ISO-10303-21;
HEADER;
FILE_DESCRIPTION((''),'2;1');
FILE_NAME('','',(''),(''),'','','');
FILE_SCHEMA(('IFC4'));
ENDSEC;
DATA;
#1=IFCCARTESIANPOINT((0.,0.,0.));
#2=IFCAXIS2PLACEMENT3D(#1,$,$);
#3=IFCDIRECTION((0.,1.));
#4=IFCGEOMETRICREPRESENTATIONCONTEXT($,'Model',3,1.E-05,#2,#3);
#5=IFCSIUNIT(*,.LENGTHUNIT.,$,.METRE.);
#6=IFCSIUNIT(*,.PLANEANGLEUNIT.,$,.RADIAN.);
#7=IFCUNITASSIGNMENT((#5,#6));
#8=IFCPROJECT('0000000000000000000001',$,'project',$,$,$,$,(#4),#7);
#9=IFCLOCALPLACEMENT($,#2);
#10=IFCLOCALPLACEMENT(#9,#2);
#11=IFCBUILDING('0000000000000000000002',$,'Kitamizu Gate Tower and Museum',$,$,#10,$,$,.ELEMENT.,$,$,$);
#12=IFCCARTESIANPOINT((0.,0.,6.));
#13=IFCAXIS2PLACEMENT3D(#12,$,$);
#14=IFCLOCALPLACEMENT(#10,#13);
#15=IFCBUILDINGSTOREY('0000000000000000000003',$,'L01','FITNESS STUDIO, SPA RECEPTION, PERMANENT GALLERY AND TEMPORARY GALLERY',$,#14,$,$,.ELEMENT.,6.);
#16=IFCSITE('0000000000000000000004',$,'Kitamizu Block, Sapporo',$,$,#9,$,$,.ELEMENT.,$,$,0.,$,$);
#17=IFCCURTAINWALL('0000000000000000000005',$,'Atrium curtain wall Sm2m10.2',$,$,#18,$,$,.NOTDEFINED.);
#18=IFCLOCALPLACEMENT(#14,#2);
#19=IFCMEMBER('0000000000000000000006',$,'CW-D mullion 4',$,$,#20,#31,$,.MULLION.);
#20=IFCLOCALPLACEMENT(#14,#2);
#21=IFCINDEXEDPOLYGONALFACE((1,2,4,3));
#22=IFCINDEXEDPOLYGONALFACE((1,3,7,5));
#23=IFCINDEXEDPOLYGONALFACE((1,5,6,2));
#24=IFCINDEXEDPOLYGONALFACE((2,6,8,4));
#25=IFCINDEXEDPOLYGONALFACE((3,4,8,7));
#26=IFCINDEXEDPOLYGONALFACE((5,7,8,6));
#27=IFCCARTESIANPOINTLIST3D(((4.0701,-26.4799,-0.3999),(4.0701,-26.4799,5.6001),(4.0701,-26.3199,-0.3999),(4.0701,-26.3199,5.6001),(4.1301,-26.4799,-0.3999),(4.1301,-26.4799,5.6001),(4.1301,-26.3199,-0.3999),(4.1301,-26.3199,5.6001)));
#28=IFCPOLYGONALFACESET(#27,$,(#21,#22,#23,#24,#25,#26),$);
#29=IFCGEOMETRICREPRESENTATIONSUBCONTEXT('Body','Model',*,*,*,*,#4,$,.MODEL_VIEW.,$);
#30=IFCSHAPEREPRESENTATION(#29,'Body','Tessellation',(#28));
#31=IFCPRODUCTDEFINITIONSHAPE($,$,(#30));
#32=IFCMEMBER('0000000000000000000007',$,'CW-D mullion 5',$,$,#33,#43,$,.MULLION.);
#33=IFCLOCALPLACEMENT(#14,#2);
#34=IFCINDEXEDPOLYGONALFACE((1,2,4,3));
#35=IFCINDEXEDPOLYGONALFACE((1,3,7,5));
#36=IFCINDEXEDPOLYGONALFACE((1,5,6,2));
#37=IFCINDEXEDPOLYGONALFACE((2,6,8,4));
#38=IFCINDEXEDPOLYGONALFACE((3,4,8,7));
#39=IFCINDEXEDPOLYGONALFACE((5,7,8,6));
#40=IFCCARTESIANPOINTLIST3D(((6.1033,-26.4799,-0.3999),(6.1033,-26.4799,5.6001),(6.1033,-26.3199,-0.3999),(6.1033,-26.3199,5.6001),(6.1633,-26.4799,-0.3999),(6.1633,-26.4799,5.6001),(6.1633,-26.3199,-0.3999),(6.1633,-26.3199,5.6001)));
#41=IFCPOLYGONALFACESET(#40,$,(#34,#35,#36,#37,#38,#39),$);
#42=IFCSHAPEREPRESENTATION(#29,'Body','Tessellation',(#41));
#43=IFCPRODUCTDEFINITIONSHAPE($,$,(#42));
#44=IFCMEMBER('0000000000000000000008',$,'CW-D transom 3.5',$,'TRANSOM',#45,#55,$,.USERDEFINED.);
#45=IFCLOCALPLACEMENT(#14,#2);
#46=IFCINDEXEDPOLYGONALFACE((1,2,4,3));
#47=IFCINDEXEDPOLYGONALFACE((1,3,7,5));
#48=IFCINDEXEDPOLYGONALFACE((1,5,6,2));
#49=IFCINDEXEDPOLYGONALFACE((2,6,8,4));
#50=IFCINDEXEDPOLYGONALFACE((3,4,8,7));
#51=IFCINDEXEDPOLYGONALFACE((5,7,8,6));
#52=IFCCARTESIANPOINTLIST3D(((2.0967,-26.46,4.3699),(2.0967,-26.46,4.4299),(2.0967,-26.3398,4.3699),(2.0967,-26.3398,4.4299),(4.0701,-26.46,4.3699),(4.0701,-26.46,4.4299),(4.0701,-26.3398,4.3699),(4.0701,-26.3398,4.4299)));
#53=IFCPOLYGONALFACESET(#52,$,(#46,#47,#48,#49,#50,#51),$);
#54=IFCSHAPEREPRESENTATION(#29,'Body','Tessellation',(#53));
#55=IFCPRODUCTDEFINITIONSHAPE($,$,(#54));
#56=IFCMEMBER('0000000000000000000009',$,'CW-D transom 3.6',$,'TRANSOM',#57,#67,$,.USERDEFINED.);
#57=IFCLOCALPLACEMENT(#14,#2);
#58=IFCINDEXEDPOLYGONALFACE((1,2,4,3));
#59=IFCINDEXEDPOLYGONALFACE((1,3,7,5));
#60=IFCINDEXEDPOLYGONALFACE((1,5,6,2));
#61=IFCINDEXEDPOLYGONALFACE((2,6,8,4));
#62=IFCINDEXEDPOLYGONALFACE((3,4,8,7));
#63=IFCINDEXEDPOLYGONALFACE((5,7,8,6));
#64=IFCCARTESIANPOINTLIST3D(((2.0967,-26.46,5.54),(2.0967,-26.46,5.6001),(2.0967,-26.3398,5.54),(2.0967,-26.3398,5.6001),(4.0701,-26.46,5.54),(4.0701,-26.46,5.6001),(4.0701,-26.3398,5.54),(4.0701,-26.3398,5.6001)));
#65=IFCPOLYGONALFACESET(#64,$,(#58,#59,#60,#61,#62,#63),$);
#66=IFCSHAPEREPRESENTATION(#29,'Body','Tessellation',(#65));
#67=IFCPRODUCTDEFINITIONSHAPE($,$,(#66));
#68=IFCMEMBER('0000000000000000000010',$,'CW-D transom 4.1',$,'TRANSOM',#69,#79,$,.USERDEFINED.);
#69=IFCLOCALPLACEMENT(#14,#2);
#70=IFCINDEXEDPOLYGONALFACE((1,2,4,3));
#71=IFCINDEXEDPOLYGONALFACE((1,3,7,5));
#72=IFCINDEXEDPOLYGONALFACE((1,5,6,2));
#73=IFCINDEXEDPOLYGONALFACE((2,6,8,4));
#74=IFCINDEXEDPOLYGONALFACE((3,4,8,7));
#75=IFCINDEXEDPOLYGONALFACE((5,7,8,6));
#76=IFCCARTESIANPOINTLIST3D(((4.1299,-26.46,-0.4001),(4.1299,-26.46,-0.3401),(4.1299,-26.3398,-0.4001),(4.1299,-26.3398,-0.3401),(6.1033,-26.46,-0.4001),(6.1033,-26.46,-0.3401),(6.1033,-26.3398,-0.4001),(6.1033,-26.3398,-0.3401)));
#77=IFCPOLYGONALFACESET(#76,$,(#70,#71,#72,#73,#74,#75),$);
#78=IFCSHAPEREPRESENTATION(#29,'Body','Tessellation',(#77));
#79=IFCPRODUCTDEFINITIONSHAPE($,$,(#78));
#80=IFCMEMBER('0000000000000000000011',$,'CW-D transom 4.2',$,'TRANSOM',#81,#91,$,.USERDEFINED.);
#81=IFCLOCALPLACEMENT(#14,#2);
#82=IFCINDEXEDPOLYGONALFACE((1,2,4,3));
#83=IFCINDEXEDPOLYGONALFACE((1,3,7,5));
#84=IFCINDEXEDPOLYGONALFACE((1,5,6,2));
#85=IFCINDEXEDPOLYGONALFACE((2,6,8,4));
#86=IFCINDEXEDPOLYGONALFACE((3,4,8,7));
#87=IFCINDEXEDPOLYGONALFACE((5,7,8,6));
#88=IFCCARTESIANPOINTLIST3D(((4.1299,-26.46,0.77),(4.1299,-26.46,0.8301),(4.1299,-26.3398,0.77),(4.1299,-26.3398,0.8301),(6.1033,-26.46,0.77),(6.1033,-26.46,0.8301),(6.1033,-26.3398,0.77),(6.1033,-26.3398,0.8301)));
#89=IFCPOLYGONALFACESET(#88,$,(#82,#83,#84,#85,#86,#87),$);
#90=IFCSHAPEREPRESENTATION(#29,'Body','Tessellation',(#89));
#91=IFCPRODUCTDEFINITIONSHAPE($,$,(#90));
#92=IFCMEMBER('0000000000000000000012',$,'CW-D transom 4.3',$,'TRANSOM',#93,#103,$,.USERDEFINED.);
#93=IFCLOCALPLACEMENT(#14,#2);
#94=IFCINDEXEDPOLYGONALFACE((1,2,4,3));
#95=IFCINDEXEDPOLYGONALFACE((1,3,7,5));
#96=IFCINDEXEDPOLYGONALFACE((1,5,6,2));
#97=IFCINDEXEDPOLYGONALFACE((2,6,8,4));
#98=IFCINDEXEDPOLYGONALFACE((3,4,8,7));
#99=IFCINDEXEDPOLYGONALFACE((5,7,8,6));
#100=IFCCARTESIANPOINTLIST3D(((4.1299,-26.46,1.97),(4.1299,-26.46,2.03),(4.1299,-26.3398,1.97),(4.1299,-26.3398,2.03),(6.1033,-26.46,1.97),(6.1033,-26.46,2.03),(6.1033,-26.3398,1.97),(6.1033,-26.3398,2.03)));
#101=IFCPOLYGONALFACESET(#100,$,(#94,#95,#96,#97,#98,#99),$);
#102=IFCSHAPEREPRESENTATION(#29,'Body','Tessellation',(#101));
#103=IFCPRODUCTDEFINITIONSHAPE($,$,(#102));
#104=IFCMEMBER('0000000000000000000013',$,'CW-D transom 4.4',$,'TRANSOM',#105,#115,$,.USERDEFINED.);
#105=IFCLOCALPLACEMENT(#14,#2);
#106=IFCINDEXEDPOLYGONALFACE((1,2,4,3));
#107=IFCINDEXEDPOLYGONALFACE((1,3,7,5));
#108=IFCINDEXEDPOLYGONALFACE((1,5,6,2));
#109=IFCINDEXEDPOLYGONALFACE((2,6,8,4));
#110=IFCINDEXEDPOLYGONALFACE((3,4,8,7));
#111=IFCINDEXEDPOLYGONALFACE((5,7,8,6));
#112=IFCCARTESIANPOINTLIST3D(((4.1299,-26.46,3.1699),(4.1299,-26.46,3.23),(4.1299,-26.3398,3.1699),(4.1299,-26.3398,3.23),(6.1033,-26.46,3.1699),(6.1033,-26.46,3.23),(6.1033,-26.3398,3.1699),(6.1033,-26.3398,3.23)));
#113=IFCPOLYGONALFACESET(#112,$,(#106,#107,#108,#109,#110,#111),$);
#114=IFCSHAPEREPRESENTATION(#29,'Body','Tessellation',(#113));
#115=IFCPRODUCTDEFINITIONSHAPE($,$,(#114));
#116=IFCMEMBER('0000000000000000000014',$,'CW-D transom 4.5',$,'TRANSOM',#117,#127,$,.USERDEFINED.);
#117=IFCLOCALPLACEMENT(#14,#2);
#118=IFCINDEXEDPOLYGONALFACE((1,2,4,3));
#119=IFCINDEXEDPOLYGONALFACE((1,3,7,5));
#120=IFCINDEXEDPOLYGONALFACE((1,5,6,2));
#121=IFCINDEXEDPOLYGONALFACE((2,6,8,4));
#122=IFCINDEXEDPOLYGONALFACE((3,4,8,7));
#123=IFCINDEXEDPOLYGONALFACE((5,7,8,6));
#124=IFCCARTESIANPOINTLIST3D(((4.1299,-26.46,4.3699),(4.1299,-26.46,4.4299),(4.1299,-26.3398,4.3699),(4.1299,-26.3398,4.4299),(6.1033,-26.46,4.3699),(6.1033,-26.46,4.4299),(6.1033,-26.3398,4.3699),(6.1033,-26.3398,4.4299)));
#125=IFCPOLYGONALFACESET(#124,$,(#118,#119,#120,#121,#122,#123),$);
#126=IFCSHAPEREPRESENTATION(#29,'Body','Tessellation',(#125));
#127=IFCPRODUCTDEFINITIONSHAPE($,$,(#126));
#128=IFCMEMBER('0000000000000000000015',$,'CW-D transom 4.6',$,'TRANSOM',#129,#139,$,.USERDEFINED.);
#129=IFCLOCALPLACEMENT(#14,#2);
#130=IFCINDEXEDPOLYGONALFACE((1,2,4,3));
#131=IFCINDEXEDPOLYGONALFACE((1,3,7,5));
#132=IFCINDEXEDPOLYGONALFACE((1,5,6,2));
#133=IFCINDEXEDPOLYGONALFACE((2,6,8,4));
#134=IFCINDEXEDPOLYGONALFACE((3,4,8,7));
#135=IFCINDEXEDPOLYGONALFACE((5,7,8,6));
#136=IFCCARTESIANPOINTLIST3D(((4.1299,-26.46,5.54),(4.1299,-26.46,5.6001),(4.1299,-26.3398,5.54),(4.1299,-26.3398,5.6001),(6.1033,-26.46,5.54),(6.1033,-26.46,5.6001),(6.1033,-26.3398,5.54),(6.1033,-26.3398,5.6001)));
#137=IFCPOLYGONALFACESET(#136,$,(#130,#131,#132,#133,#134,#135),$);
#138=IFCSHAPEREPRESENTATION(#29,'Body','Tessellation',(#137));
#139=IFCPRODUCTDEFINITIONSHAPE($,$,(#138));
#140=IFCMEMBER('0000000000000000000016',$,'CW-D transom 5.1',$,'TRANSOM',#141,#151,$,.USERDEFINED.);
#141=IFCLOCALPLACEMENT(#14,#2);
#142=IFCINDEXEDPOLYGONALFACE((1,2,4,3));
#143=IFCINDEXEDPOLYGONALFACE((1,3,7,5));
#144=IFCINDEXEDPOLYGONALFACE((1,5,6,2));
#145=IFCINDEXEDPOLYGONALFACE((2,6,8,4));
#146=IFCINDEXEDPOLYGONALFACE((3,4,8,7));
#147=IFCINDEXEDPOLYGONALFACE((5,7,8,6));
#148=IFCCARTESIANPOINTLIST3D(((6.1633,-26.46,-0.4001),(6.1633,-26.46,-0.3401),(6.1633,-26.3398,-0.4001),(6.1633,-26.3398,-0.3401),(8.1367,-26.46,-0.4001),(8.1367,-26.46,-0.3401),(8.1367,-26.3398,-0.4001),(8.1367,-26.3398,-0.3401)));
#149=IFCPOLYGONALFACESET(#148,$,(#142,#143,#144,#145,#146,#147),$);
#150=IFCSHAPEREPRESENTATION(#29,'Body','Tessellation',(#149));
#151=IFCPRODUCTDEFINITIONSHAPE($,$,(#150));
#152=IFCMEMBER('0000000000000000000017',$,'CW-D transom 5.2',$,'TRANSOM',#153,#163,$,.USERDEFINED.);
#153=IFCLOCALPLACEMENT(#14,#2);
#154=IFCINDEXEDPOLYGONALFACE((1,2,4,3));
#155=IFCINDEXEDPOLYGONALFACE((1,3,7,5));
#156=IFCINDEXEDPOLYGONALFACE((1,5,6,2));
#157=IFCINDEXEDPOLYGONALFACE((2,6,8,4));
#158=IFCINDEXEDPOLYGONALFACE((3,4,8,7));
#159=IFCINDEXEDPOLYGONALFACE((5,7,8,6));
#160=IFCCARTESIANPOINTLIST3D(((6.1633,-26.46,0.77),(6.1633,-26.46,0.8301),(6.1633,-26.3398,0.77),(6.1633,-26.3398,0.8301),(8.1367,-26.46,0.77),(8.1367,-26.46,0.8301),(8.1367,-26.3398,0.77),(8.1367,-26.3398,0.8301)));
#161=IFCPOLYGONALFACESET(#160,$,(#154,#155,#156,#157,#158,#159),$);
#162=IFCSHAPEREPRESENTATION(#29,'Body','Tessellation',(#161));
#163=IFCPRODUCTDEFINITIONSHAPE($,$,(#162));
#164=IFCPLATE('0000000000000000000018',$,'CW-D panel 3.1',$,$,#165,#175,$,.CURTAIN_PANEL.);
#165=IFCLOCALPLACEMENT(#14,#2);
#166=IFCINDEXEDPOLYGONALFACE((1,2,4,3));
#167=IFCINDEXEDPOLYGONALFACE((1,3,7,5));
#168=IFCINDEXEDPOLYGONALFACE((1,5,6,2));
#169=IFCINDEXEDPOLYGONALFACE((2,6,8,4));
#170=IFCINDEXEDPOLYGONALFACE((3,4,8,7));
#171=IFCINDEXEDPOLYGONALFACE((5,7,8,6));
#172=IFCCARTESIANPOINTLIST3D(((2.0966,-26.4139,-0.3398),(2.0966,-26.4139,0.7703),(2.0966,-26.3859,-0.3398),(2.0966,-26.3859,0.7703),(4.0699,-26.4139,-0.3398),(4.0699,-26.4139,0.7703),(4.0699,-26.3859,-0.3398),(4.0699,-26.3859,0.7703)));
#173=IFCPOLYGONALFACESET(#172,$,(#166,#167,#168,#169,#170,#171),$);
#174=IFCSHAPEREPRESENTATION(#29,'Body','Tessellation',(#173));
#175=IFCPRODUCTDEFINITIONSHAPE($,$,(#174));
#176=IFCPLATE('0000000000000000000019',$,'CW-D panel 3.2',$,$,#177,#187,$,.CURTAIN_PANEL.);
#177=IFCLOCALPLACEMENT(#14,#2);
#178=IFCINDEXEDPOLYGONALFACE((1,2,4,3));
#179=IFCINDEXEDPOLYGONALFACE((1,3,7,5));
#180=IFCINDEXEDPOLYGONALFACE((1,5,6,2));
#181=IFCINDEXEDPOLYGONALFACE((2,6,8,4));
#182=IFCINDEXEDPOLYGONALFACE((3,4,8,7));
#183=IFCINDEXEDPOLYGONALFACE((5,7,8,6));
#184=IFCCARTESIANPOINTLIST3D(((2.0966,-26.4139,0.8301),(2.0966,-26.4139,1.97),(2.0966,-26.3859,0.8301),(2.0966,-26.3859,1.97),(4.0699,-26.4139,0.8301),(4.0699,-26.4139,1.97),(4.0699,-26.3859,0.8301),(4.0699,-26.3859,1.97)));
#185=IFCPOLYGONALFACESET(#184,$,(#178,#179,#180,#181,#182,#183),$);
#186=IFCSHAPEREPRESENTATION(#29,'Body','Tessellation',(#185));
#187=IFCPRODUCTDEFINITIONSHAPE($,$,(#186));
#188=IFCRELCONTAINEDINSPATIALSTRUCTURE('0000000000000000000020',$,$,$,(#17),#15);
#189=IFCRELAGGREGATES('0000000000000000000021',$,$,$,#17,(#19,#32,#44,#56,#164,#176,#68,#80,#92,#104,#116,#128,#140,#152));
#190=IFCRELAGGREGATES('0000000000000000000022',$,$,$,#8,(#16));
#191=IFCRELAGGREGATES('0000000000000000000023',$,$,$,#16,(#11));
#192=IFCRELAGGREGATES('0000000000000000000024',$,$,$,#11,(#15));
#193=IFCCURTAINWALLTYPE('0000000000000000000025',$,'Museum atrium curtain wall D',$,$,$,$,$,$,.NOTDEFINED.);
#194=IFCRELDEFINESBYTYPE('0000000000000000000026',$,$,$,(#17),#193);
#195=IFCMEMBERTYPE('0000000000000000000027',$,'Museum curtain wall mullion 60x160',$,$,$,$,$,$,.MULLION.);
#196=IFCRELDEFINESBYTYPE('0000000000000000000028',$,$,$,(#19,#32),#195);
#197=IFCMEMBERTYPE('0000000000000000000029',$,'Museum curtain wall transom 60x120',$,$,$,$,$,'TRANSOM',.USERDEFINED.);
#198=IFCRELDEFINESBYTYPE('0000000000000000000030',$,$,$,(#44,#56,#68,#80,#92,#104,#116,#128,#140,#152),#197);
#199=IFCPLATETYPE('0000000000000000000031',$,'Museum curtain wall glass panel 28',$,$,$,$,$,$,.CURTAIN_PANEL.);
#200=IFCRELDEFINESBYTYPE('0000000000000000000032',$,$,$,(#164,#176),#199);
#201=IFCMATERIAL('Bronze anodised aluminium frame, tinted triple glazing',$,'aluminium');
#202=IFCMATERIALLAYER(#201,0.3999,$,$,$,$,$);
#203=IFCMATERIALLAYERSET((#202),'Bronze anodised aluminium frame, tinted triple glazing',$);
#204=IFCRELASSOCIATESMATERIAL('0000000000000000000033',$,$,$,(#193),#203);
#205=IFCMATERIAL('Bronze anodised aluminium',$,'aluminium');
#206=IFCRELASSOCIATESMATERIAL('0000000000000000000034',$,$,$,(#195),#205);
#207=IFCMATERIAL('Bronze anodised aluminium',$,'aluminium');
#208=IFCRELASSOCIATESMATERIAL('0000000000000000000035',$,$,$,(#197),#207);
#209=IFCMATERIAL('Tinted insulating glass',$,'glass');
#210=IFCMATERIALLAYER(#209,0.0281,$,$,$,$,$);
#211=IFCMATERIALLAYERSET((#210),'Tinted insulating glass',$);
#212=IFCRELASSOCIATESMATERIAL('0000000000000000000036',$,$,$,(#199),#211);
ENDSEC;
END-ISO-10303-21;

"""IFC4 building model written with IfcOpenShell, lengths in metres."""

from ifc_helpers import new_model, si_unit, direction, frame, origin, origin_2d, place, context, subcontext, project, spatial, rectangle, extrude, material, layer, layer_set, material_profile, profile_set, type_object, element, aggregate, save


model = new_model("IFC4")

# Units and contexts
model_context = context("Model", 3, precision=1e-05, world=origin(), true_north=direction((0.0, 1.0)))
body_context = subcontext(model_context, "Body", "Model", "MODEL_VIEW")
ifc_project = project(units=[si_unit("LENGTHUNIT", "METRE"), si_unit("PLANEANGLEUNIT", "RADIAN")], contexts=[model_context])

# Site, building, storey
site_placement = place(None, origin())
site = spatial("IfcSite", under=ifc_project, at=site_placement, Name="Kitamizu Block, Sapporo", CompositionType="ELEMENT", RefElevation=0.0)
building_placement = place(site_placement, origin())
building = spatial("IfcBuilding", under=site, at=building_placement, Name="Kitamizu Gate Tower and Museum", CompositionType="ELEMENT")
storey_placement = place(building_placement, frame((0.0, 0.0, 6.0)))
storey = spatial("IfcBuildingStorey", under=building, at=storey_placement, Name="L01", Description="FITNESS STUDIO, SPA RECEPTION, PERMANENT GALLERY AND TEMPORARY GALLERY", CompositionType="ELEMENT", Elevation=6.0)

# Curtain wall, members, plates
ifc_material_1 = material(Name="Bronze anodised aluminium frame, tinted triple glazing", Category="aluminium")
ifc_layer_1 = layer(ifc_material_1, 0.3999)
ifc_layer_set_1 = layer_set([ifc_layer_1], Name="Bronze anodised aluminium frame, tinted triple glazing")
curtain_wall_type = type_object("IfcCurtainWallType", Name="Museum atrium curtain wall D", PredefinedType="NOTDEFINED", material=ifc_layer_set_1)
curtain_wall_placement = place(storey_placement, origin())
curtain_wall = element("IfcCurtainWall", 1, at=curtain_wall_placement, inside=storey, type_object=curtain_wall_type, Name="Atrium curtain wall Sm2m10.2", PredefinedType="NOTDEFINED")
ifc_material_2 = material(Name="Bronze anodised aluminium", Category="aluminium")
ifc_material_profile_1 = material_profile(ifc_material_2, rectangle(XDim=0.0601, YDim=0.1599, at=origin_2d()), Name="60x160")
ifc_profile_set_1 = profile_set([ifc_material_profile_1], Name="Bronze anodised aluminium")
member_type_1 = type_object("IfcMemberType", Name="Museum curtain wall mullion 60x160", PredefinedType="MULLION", material=ifc_profile_set_1)
member_1_placement = place(storey_placement, frame((4.1001, -26.3999, -0.3999), z_axis=(0.0, 0.0, 1.0), x_axis=(1.0, 0.0, 0.0)))
member_1 = element("IfcMember", 2, at=member_1_placement, type_object=member_type_1, Name="CW-D mullion 4", PredefinedType="MULLION", context=body_context, shape_type="SweptSolid", body=[
    extrude(rectangle(XDim=0.0601, YDim=0.1599, at=origin_2d()), origin(), (0.0, 0.0, 1.0), 6.0),
])
member_2_placement = place(storey_placement, frame((6.1333, -26.3999, -0.3999), z_axis=(0.0, 0.0, 1.0), x_axis=(1.0, 0.0, 0.0)))
member_2 = element("IfcMember", 3, at=member_2_placement, type_object=member_type_1, Name="CW-D mullion 5", PredefinedType="MULLION", context=body_context, shape_type="SweptSolid", body=[
    extrude(rectangle(XDim=0.0601, YDim=0.1599, at=origin_2d()), origin(), (0.0, 0.0, 1.0), 6.0),
])
ifc_material_3 = material(Name="Bronze anodised aluminium", Category="aluminium")
ifc_material_profile_2 = material_profile(ifc_material_3, rectangle(XDim=0.1201, YDim=0.0601, at=origin_2d()), Name="120x60")
ifc_profile_set_2 = profile_set([ifc_material_profile_2], Name="Bronze anodised aluminium")
member_type_2 = type_object("IfcMemberType", Name="Museum curtain wall transom 60x120", ElementType="TRANSOM", PredefinedType="USERDEFINED", material=ifc_profile_set_2)
member_3_placement = place(storey_placement, frame((2.0967, -26.3999, 4.3999), z_axis=(1.0, 0.0, 0.0), x_axis=(0.0, 1.0, 0.0)))
member_3 = element("IfcMember", 4, at=member_3_placement, type_object=member_type_2, Name="CW-D transom 3.5", ObjectType="TRANSOM", PredefinedType="USERDEFINED", context=body_context, shape_type="SweptSolid", body=[
    extrude(rectangle(XDim=0.1201, YDim=0.0601, at=origin_2d()), origin(), (0.0, 0.0, 1.0), 1.9734),
])
member_4_placement = place(storey_placement, frame((2.0967, -26.3999, 5.5701), z_axis=(1.0, 0.0, 0.0), x_axis=(0.0, 1.0, 0.0)))
member_4 = element("IfcMember", 5, at=member_4_placement, type_object=member_type_2, Name="CW-D transom 3.6", ObjectType="TRANSOM", PredefinedType="USERDEFINED", context=body_context, shape_type="SweptSolid", body=[
    extrude(rectangle(XDim=0.1201, YDim=0.0601, at=origin_2d()), origin(), (0.0, 0.0, 1.0), 1.9734),
])
member_5_placement = place(storey_placement, frame((4.1299, -26.3999, -0.3701), z_axis=(1.0, 0.0, 0.0), x_axis=(0.0, 1.0, 0.0)))
member_5 = element("IfcMember", 6, at=member_5_placement, type_object=member_type_2, Name="CW-D transom 4.1", ObjectType="TRANSOM", PredefinedType="USERDEFINED", context=body_context, shape_type="SweptSolid", body=[
    extrude(rectangle(XDim=0.1201, YDim=0.0601, at=origin_2d()), origin(), (0.0, 0.0, 1.0), 1.9734),
])
member_6_placement = place(storey_placement, frame((4.1299, -26.3999, 0.8), z_axis=(1.0, 0.0, 0.0), x_axis=(0.0, 1.0, 0.0)))
member_6 = element("IfcMember", 7, at=member_6_placement, type_object=member_type_2, Name="CW-D transom 4.2", ObjectType="TRANSOM", PredefinedType="USERDEFINED", context=body_context, shape_type="SweptSolid", body=[
    extrude(rectangle(XDim=0.1201, YDim=0.0601, at=origin_2d()), origin(), (0.0, 0.0, 1.0), 1.9734),
])
member_7_placement = place(storey_placement, frame((4.1299, -26.3999, 2.0), z_axis=(1.0, 0.0, 0.0), x_axis=(0.0, 1.0, 0.0)))
member_7 = element("IfcMember", 8, at=member_7_placement, type_object=member_type_2, Name="CW-D transom 4.3", ObjectType="TRANSOM", PredefinedType="USERDEFINED", context=body_context, shape_type="SweptSolid", body=[
    extrude(rectangle(XDim=0.1201, YDim=0.0601, at=origin_2d()), origin(), (0.0, 0.0, 1.0), 1.9734),
])
member_8_placement = place(storey_placement, frame((4.1299, -26.3999, 3.2), z_axis=(1.0, 0.0, 0.0), x_axis=(0.0, 1.0, 0.0)))
member_8 = element("IfcMember", 9, at=member_8_placement, type_object=member_type_2, Name="CW-D transom 4.4", ObjectType="TRANSOM", PredefinedType="USERDEFINED", context=body_context, shape_type="SweptSolid", body=[
    extrude(rectangle(XDim=0.1201, YDim=0.0601, at=origin_2d()), origin(), (0.0, 0.0, 1.0), 1.9734),
])
member_9_placement = place(storey_placement, frame((4.1299, -26.3999, 4.3999), z_axis=(1.0, 0.0, 0.0), x_axis=(0.0, 1.0, 0.0)))
member_9 = element("IfcMember", 10, at=member_9_placement, type_object=member_type_2, Name="CW-D transom 4.5", ObjectType="TRANSOM", PredefinedType="USERDEFINED", context=body_context, shape_type="SweptSolid", body=[
    extrude(rectangle(XDim=0.1201, YDim=0.0601, at=origin_2d()), origin(), (0.0, 0.0, 1.0), 1.9734),
])
member_10_placement = place(storey_placement, frame((4.1299, -26.3999, 5.5701), z_axis=(1.0, 0.0, 0.0), x_axis=(0.0, 1.0, 0.0)))
member_10 = element("IfcMember", 11, at=member_10_placement, type_object=member_type_2, Name="CW-D transom 4.6", ObjectType="TRANSOM", PredefinedType="USERDEFINED", context=body_context, shape_type="SweptSolid", body=[
    extrude(rectangle(XDim=0.1201, YDim=0.0601, at=origin_2d()), origin(), (0.0, 0.0, 1.0), 1.9734),
])
member_11_placement = place(storey_placement, frame((6.1633, -26.3999, -0.3701), z_axis=(1.0, 0.0, 0.0), x_axis=(0.0, 1.0, 0.0)))
member_11 = element("IfcMember", 12, at=member_11_placement, type_object=member_type_2, Name="CW-D transom 5.1", ObjectType="TRANSOM", PredefinedType="USERDEFINED", context=body_context, shape_type="SweptSolid", body=[
    extrude(rectangle(XDim=0.1201, YDim=0.0601, at=origin_2d()), origin(), (0.0, 0.0, 1.0), 1.9734),
])
member_12_placement = place(storey_placement, frame((6.1633, -26.3999, 0.8), z_axis=(1.0, 0.0, 0.0), x_axis=(0.0, 1.0, 0.0)))
member_12 = element("IfcMember", 13, at=member_12_placement, type_object=member_type_2, Name="CW-D transom 5.2", ObjectType="TRANSOM", PredefinedType="USERDEFINED", context=body_context, shape_type="SweptSolid", body=[
    extrude(rectangle(XDim=0.1201, YDim=0.0601, at=origin_2d()), origin(), (0.0, 0.0, 1.0), 1.9734),
])
ifc_material_4 = material(Name="Tinted insulating glass", Category="glass")
ifc_layer_2 = layer(ifc_material_4, 0.0281)
ifc_layer_set_2 = layer_set([ifc_layer_2], Name="Tinted insulating glass")
plate_type = type_object("IfcPlateType", Name="Museum curtain wall glass panel 28", PredefinedType="CURTAIN_PANEL", material=ifc_layer_set_2)
plate_1_placement = place(storey_placement, frame((3.0833, -26.3999, -0.3398), z_axis=(0.0, 0.0, 1.0), x_axis=(1.0, 0.0, 0.0)))
plate_1 = element("IfcPlate", 14, at=plate_1_placement, type_object=plate_type, Name="CW-D panel 3.1", PredefinedType="CURTAIN_PANEL", context=body_context, shape_type="SweptSolid", body=[
    extrude(rectangle(XDim=1.9734, YDim=0.0281, at=origin_2d()), origin(), (0.0, 0.0, 1.0), 1.1101),
])
plate_2_placement = place(storey_placement, frame((3.0833, -26.3999, 0.8301), z_axis=(0.0, 0.0, 1.0), x_axis=(1.0, 0.0, 0.0)))
plate_2 = element("IfcPlate", 15, at=plate_2_placement, type_object=plate_type, Name="CW-D panel 3.2", PredefinedType="CURTAIN_PANEL", context=body_context, shape_type="SweptSolid", body=[
    extrude(rectangle(XDim=1.9734, YDim=0.0281, at=origin_2d()), origin(), (0.0, 0.0, 1.0), 1.1399),
])
aggregate(curtain_wall, [member_1, member_2, member_3, member_4, plate_1, plate_2, member_5, member_6, member_7, member_8, member_9, member_10, member_11, member_12])

save(model, "model.ifc")
